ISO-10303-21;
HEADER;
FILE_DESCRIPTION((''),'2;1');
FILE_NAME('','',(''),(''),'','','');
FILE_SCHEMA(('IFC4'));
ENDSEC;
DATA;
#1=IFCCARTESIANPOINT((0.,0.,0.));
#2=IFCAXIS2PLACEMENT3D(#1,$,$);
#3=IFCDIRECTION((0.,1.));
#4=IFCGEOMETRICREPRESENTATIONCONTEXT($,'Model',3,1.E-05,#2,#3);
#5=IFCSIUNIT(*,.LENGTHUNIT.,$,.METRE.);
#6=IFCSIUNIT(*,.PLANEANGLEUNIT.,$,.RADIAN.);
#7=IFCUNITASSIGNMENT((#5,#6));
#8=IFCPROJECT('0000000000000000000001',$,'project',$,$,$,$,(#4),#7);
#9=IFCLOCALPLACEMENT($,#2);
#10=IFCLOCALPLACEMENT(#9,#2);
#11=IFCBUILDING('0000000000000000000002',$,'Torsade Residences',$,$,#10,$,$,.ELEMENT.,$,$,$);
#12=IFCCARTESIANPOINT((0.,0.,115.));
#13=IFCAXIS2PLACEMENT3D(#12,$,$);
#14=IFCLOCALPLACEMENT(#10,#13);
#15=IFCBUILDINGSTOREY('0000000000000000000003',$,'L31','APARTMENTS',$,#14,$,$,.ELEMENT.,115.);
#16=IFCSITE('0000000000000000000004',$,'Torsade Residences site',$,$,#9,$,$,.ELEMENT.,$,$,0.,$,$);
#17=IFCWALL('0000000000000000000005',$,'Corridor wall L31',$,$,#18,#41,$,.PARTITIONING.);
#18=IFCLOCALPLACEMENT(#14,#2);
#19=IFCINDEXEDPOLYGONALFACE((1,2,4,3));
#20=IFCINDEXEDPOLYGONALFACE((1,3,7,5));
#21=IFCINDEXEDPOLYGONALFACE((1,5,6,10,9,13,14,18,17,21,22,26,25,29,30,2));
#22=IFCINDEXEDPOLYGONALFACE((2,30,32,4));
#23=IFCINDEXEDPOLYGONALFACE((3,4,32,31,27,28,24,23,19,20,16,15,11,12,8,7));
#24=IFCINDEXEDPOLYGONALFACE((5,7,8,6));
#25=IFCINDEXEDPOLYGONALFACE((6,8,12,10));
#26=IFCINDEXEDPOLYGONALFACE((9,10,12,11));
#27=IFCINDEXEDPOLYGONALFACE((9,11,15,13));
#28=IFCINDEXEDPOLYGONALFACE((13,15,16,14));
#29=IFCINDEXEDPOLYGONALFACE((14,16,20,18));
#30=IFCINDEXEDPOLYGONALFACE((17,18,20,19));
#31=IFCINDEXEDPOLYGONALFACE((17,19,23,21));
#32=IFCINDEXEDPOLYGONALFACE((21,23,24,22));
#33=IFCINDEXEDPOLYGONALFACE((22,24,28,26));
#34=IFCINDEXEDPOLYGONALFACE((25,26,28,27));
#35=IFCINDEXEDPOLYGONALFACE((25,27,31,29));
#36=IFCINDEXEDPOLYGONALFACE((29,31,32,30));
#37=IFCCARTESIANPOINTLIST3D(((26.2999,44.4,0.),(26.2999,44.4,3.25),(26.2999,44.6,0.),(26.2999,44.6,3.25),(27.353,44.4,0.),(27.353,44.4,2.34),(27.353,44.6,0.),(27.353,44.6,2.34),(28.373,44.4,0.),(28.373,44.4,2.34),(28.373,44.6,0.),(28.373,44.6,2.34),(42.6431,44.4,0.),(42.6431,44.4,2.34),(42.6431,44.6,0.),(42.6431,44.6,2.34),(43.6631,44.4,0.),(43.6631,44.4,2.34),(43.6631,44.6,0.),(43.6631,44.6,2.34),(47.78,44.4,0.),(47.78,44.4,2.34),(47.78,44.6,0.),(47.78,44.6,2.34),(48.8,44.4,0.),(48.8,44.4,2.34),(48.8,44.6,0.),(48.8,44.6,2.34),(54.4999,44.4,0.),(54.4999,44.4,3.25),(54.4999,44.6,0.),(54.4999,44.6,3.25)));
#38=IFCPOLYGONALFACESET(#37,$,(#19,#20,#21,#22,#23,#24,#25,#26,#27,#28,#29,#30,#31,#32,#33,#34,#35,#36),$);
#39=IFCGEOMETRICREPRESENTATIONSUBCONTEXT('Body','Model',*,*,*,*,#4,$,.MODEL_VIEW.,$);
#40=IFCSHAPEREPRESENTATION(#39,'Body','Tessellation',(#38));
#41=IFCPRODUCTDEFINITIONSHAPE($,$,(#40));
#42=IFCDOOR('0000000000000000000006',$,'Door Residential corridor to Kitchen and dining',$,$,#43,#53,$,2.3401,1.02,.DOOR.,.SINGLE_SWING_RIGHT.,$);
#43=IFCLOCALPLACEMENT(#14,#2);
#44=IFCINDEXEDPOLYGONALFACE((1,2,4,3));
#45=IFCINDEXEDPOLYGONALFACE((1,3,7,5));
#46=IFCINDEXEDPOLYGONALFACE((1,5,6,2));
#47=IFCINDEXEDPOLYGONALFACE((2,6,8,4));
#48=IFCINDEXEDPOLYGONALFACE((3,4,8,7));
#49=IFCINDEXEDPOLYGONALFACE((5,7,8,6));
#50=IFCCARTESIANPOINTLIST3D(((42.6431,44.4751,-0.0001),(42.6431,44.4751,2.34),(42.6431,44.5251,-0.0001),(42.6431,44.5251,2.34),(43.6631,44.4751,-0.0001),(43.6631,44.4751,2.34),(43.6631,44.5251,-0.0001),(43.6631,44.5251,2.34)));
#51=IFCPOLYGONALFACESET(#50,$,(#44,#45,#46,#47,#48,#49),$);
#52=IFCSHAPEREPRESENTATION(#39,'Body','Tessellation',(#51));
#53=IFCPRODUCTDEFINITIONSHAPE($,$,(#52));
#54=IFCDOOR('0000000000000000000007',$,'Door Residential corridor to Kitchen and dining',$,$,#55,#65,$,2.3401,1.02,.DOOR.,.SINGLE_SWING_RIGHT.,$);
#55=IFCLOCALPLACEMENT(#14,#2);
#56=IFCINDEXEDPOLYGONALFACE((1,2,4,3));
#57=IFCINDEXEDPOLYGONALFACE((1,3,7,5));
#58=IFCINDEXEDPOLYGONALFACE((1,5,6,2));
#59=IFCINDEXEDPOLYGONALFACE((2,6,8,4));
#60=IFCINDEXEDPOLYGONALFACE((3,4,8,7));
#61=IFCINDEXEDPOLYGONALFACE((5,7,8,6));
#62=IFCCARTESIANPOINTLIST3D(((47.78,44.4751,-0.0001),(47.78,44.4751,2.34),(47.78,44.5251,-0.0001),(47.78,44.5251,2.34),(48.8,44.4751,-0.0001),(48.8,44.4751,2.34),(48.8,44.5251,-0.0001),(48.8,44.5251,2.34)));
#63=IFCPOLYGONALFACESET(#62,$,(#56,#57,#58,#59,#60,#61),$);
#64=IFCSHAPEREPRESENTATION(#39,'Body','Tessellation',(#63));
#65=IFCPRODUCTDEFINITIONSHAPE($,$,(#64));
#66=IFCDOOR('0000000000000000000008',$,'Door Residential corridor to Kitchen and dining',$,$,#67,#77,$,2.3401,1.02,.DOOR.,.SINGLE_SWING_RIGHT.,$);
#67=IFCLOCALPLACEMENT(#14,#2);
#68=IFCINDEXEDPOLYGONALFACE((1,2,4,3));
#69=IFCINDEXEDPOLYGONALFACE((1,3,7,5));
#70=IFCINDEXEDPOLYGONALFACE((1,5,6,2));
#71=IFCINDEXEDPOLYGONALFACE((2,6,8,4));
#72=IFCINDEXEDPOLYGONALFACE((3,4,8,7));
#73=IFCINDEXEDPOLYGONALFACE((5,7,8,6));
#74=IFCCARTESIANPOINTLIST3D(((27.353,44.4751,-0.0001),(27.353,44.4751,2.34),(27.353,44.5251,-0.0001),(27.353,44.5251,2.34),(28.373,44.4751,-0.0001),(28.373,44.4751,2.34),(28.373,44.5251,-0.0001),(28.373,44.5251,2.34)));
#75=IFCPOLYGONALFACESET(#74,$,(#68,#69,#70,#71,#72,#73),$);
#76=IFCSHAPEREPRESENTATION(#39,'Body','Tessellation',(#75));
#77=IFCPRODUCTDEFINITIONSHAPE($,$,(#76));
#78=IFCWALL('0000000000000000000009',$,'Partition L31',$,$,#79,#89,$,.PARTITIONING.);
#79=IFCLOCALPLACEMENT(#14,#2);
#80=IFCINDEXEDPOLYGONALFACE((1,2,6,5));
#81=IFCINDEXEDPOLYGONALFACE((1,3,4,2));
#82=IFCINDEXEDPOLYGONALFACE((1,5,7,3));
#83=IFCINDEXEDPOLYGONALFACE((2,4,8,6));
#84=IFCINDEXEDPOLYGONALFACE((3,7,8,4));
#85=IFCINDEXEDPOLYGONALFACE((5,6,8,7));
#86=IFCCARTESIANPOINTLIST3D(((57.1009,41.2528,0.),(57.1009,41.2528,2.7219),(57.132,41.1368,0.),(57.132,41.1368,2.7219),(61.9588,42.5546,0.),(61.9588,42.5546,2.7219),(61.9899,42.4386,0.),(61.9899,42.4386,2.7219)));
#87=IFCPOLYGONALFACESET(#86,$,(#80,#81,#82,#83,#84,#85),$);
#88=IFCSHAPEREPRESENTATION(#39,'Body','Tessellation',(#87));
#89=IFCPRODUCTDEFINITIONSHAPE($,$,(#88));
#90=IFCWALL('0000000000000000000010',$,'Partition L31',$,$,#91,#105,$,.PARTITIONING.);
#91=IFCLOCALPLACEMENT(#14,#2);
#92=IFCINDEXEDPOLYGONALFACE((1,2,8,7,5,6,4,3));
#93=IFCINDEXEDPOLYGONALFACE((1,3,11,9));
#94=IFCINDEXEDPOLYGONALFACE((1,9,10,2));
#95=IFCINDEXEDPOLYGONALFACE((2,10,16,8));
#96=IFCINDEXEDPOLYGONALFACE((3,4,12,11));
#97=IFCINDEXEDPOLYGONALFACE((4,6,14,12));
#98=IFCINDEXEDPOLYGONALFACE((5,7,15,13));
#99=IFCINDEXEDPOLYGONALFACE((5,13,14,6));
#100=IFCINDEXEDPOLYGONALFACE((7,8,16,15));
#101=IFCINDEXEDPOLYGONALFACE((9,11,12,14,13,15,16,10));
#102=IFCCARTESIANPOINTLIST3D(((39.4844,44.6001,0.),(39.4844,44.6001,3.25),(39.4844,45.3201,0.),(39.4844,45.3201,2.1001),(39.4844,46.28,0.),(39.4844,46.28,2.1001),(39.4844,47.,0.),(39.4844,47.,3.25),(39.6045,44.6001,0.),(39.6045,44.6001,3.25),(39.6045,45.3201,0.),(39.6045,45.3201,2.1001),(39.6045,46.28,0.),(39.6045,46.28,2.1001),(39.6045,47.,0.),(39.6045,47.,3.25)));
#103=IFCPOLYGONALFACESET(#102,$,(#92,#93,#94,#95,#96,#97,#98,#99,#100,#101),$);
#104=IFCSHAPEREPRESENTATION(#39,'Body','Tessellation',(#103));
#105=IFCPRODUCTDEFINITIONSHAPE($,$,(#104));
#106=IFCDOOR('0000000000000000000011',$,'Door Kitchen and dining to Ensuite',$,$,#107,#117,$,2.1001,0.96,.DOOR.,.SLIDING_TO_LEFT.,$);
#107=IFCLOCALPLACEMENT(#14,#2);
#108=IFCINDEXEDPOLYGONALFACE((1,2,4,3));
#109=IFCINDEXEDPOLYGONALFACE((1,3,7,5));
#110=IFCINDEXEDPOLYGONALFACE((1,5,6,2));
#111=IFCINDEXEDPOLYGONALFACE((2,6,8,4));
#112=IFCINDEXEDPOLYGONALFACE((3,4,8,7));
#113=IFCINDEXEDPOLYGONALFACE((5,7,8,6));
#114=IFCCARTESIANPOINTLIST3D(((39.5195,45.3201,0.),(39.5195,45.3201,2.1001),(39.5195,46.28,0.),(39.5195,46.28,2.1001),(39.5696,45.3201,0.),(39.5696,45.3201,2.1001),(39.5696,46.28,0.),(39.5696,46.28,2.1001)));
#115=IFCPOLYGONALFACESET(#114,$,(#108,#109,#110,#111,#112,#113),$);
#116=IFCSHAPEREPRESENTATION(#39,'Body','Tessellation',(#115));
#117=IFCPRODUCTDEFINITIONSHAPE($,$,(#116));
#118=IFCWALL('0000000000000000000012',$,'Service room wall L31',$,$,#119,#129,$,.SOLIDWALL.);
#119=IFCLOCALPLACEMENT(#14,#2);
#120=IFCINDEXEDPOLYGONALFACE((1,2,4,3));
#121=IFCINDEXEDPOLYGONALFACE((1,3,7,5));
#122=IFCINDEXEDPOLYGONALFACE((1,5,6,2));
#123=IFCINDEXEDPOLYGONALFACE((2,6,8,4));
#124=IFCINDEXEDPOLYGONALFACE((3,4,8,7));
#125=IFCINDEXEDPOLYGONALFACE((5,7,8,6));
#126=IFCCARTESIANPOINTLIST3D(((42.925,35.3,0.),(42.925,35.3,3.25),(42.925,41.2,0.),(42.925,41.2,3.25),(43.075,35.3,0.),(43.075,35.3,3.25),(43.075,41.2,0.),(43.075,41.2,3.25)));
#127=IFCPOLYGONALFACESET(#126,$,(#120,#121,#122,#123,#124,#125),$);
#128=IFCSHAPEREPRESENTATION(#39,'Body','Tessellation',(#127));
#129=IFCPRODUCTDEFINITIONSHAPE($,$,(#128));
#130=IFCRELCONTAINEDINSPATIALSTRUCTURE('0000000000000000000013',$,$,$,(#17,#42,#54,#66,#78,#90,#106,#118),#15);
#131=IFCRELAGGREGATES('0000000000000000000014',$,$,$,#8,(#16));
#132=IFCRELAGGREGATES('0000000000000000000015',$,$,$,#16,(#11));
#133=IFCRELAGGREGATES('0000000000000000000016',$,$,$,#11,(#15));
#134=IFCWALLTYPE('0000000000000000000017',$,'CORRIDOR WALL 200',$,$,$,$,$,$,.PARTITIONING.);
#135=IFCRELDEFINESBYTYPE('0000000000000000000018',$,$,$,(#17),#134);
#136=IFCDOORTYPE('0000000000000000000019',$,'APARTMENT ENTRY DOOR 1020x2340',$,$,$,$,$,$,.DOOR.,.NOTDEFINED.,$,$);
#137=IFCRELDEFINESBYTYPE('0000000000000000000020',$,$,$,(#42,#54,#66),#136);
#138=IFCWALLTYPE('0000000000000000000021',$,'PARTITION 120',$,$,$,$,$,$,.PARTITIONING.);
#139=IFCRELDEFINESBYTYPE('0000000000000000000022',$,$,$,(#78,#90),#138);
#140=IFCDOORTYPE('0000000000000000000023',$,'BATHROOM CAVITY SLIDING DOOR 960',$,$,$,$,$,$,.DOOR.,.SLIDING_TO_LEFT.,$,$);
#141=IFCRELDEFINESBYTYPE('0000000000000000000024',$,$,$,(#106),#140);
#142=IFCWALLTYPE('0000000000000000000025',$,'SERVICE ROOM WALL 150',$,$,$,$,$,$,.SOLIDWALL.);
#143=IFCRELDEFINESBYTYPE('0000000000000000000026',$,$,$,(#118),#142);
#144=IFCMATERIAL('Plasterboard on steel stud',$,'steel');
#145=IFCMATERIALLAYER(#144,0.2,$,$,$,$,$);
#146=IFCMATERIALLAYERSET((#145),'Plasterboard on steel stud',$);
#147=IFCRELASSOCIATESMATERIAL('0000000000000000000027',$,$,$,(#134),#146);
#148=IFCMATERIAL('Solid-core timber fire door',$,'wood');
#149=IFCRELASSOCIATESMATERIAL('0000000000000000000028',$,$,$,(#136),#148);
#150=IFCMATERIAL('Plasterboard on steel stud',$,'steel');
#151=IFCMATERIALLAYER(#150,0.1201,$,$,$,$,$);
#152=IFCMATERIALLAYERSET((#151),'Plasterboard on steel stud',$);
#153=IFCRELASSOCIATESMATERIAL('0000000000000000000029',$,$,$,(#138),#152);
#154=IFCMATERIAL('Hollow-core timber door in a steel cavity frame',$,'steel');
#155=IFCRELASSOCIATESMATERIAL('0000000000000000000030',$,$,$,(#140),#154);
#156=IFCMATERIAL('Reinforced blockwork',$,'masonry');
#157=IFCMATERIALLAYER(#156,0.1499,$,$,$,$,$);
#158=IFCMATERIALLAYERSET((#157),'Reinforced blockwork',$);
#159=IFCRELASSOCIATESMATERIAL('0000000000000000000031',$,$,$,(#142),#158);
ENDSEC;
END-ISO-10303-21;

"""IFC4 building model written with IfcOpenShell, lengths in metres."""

from ifc_helpers import new_model, si_unit, direction, frame, frame_2d, origin, place, context, subcontext, project, spatial, rectangle, extrude, material, layer, layer_set, type_object, element, fill, save


model = new_model("IFC4")

# Units and contexts
model_context = context("Model", 3, precision=1e-05, world=origin(), true_north=direction((0.0, 1.0)))
body_context = subcontext(model_context, "Body", "Model", "MODEL_VIEW")
ifc_project = project(units=[si_unit("LENGTHUNIT", "METRE"), si_unit("PLANEANGLEUNIT", "RADIAN")], contexts=[model_context])

# Site, building, storey
site_placement = place(None, origin())
site = spatial("IfcSite", under=ifc_project, at=site_placement, Name="Torsade Residences site", CompositionType="ELEMENT", RefElevation=0.0)
building_placement = place(site_placement, origin())
building = spatial("IfcBuilding", under=site, at=building_placement, Name="Torsade Residences", CompositionType="ELEMENT")
storey_placement = place(building_placement, frame((0.0, 0.0, 115.0)))
storey = spatial("IfcBuildingStorey", under=building, at=storey_placement, Name="L31", Description="APARTMENTS", CompositionType="ELEMENT", Elevation=115.0)

# Wall, openings, doors
ifc_material_1 = material(Name="Plasterboard on steel stud", Category="steel")
ifc_layer_1 = layer(ifc_material_1, 0.2)
ifc_layer_set_1 = layer_set([ifc_layer_1], Name="Plasterboard on steel stud")
wall_type_1 = type_object("IfcWallType", Name="CORRIDOR WALL 200", PredefinedType="PARTITIONING", material=ifc_layer_set_1)
wall_1_placement = place(storey_placement, frame((54.5, 44.5, 0.0), z_axis=(0.0, 0.0, 1.0), x_axis=(-1.0, 0.0, 0.0)))
wall_1 = element("IfcWall", 1, at=wall_1_placement, inside=storey, type_object=wall_type_1, Name="Corridor wall L31", PredefinedType="PARTITIONING", context=body_context, shape_type="SweptSolid", body=[
    extrude(rectangle(XDim=28.2, YDim=0.2, at=frame_2d((14.1001, 0.0))), origin(), (0.0, 0.0, 1.0), 3.25),
])
opening_1_placement = place(wall_1_placement, frame((10.8369, 0.0, 0.0)))
opening_1 = element("IfcOpeningElement", 2, at=opening_1_placement, cuts=wall_1, PredefinedType="OPENING", context=body_context, shape_type="SweptSolid", body=[
    extrude(rectangle(XDim=1.02, YDim=2.3401, at=frame_2d((0.51, 1.1699))), frame((0.0, 0.1099, 0.0), z_axis=(0.0, -1.0, 0.0), x_axis=(1.0, 0.0, 0.0)), (0.0, 0.0, 1.0), 0.22),
])
opening_2_placement = place(wall_1_placement, frame((5.7, 0.0, 0.0)))
opening_2 = element("IfcOpeningElement", 3, at=opening_2_placement, cuts=wall_1, PredefinedType="OPENING", context=body_context, shape_type="SweptSolid", body=[
    extrude(rectangle(XDim=1.02, YDim=2.3401, at=frame_2d((0.51, 1.1699))), frame((0.0, 0.1099, 0.0), z_axis=(0.0, -1.0, 0.0), x_axis=(1.0, 0.0, 0.0)), (0.0, 0.0, 1.0), 0.22),
])
opening_3_placement = place(wall_1_placement, frame((26.127, 0.0, 0.0)))
opening_3 = element("IfcOpeningElement", 4, at=opening_3_placement, cuts=wall_1, PredefinedType="OPENING", context=body_context, shape_type="SweptSolid", body=[
    extrude(rectangle(XDim=1.02, YDim=2.3401, at=frame_2d((0.51, 1.1699))), frame((0.0, 0.1099, 0.0), z_axis=(0.0, -1.0, 0.0), x_axis=(1.0, 0.0, 0.0)), (0.0, 0.0, 1.0), 0.22),
])
ifc_material_2 = material(Name="Solid-core timber fire door", Category="wood")
door_type_1 = type_object("IfcDoorType", Name="APARTMENT ENTRY DOOR 1020x2340", OperationType="NOTDEFINED", PredefinedType="DOOR", material=ifc_material_2)
door_1_placement = place(opening_1_placement, origin())
door_1 = element("IfcDoor", 5, at=door_1_placement, inside=storey, type_object=door_type_1, Name="Door Residential corridor to Kitchen and dining", OperationType="SINGLE_SWING_RIGHT", OverallHeight=2.3401, OverallWidth=1.02, PredefinedType="DOOR", context=body_context, shape_type="SweptSolid", body=[
    extrude(rectangle(XDim=1.02, YDim=2.3401, at=frame_2d((0.51, 1.1699))), frame((0.0, 0.0249, 0.0), z_axis=(0.0, -1.0, 0.0), x_axis=(1.0, 0.0, 0.0)), (0.0, 0.0, 1.0), 0.05),
])
fill(opening_1, door_1)
door_2_placement = place(opening_2_placement, origin())
door_2 = element("IfcDoor", 6, at=door_2_placement, inside=storey, type_object=door_type_1, Name="Door Residential corridor to Kitchen and dining", OperationType="SINGLE_SWING_RIGHT", OverallHeight=2.3401, OverallWidth=1.02, PredefinedType="DOOR", context=body_context, shape_type="SweptSolid", body=[
    extrude(rectangle(XDim=1.02, YDim=2.3401, at=frame_2d((0.51, 1.1699))), frame((0.0, 0.0249, 0.0), z_axis=(0.0, -1.0, 0.0), x_axis=(1.0, 0.0, 0.0)), (0.0, 0.0, 1.0), 0.05),
])
fill(opening_2, door_2)
door_3_placement = place(opening_3_placement, origin())
door_3 = element("IfcDoor", 7, at=door_3_placement, inside=storey, type_object=door_type_1, Name="Door Residential corridor to Kitchen and dining", OperationType="SINGLE_SWING_RIGHT", OverallHeight=2.3401, OverallWidth=1.02, PredefinedType="DOOR", context=body_context, shape_type="SweptSolid", body=[
    extrude(rectangle(XDim=1.02, YDim=2.3401, at=frame_2d((0.51, 1.1699))), frame((0.0, 0.0249, 0.0), z_axis=(0.0, -1.0, 0.0), x_axis=(1.0, 0.0, 0.0)), (0.0, 0.0, 1.0), 0.05),
])
fill(opening_3, door_3)

# Wall
ifc_material_3 = material(Name="Plasterboard on steel stud", Category="steel")
ifc_layer_2 = layer(ifc_material_3, 0.1201)
ifc_layer_set_2 = layer_set([ifc_layer_2], Name="Plasterboard on steel stud")
wall_type_2 = type_object("IfcWallType", Name="PARTITION 120", PredefinedType="PARTITIONING", material=ifc_layer_set_2)
wall_2_placement = place(storey_placement, frame((57.1165, 41.1948, 0.0), z_axis=(0.0, 0.0, 1.0), x_axis=(0.965922, 0.258835, 0.0)))
element("IfcWall", 8, at=wall_2_placement, inside=storey, type_object=wall_type_2, Name="Partition L31", PredefinedType="PARTITIONING", context=body_context, shape_type="SweptSolid", body=[
    extrude(rectangle(XDim=5.0293, YDim=0.1201, at=frame_2d((2.5146, 0.0))), origin(), (0.0, 0.0, 1.0), 2.7219),
])

# Wall, opening, door
wall_3_placement = place(storey_placement, frame((39.5444, 44.6001, 0.0), z_axis=(0.0, 0.0, 1.0), x_axis=(0.0, 1.0, 0.0)))
wall_3 = element("IfcWall", 9, at=wall_3_placement, inside=storey, type_object=wall_type_2, Name="Partition L31", PredefinedType="PARTITIONING", context=body_context, shape_type="SweptSolid", body=[
    extrude(rectangle(XDim=2.3999, YDim=0.1201, at=frame_2d((1.2, 0.0))), origin(), (0.0, 0.0, 1.0), 3.25),
])
opening_4_placement = place(wall_3_placement, frame((0.72, 0.0, 0.0)))
opening_4 = element("IfcOpeningElement", 10, at=opening_4_placement, cuts=wall_3, PredefinedType="OPENING", context=body_context, shape_type="SweptSolid", body=[
    extrude(rectangle(XDim=0.96, YDim=2.1001, at=frame_2d((0.48, 1.05))), frame((0.0, 0.0701, 0.0), z_axis=(0.0, -1.0, 0.0), x_axis=(1.0, 0.0, 0.0)), (0.0, 0.0, 1.0), 0.1401),
])
ifc_material_4 = material(Name="Hollow-core timber door in a steel cavity frame", Category="steel")
door_type_2 = type_object("IfcDoorType", Name="BATHROOM CAVITY SLIDING DOOR 960", OperationType="SLIDING_TO_LEFT", PredefinedType="DOOR", material=ifc_material_4)
door_4_placement = place(opening_4_placement, origin())
door_4 = element("IfcDoor", 11, at=door_4_placement, inside=storey, type_object=door_type_2, Name="Door Kitchen and dining to Ensuite", OperationType="SLIDING_TO_LEFT", OverallHeight=2.1001, OverallWidth=0.96, PredefinedType="DOOR", context=body_context, shape_type="SweptSolid", body=[
    extrude(rectangle(XDim=0.96, YDim=2.1001, at=frame_2d((0.48, 1.05))), frame((0.0, 0.0249, 0.0), z_axis=(0.0, -1.0, 0.0), x_axis=(1.0, 0.0, 0.0)), (0.0, 0.0, 1.0), 0.05),
])
fill(opening_4, door_4)

# Wall
ifc_material_5 = material(Name="Reinforced blockwork", Category="masonry")
ifc_layer_3 = layer(ifc_material_5, 0.1499)
ifc_layer_set_3 = layer_set([ifc_layer_3], Name="Reinforced blockwork")
wall_type_3 = type_object("IfcWallType", Name="SERVICE ROOM WALL 150", PredefinedType="SOLIDWALL", material=ifc_layer_set_3)
wall_4_placement = place(storey_placement, frame((43.0, 41.2, 0.0), z_axis=(0.0, 0.0, 1.0), x_axis=(0.0, -1.0, 0.0)))
element("IfcWall", 12, at=wall_4_placement, inside=storey, type_object=wall_type_3, Name="Service room wall L31", PredefinedType="SOLIDWALL", context=body_context, shape_type="SweptSolid", body=[
    extrude(rectangle(XDim=5.8999, YDim=0.1499, at=frame_2d((2.95, 0.0))), origin(), (0.0, 0.0, 1.0), 3.25),
])

save(model, "model.ifc")
